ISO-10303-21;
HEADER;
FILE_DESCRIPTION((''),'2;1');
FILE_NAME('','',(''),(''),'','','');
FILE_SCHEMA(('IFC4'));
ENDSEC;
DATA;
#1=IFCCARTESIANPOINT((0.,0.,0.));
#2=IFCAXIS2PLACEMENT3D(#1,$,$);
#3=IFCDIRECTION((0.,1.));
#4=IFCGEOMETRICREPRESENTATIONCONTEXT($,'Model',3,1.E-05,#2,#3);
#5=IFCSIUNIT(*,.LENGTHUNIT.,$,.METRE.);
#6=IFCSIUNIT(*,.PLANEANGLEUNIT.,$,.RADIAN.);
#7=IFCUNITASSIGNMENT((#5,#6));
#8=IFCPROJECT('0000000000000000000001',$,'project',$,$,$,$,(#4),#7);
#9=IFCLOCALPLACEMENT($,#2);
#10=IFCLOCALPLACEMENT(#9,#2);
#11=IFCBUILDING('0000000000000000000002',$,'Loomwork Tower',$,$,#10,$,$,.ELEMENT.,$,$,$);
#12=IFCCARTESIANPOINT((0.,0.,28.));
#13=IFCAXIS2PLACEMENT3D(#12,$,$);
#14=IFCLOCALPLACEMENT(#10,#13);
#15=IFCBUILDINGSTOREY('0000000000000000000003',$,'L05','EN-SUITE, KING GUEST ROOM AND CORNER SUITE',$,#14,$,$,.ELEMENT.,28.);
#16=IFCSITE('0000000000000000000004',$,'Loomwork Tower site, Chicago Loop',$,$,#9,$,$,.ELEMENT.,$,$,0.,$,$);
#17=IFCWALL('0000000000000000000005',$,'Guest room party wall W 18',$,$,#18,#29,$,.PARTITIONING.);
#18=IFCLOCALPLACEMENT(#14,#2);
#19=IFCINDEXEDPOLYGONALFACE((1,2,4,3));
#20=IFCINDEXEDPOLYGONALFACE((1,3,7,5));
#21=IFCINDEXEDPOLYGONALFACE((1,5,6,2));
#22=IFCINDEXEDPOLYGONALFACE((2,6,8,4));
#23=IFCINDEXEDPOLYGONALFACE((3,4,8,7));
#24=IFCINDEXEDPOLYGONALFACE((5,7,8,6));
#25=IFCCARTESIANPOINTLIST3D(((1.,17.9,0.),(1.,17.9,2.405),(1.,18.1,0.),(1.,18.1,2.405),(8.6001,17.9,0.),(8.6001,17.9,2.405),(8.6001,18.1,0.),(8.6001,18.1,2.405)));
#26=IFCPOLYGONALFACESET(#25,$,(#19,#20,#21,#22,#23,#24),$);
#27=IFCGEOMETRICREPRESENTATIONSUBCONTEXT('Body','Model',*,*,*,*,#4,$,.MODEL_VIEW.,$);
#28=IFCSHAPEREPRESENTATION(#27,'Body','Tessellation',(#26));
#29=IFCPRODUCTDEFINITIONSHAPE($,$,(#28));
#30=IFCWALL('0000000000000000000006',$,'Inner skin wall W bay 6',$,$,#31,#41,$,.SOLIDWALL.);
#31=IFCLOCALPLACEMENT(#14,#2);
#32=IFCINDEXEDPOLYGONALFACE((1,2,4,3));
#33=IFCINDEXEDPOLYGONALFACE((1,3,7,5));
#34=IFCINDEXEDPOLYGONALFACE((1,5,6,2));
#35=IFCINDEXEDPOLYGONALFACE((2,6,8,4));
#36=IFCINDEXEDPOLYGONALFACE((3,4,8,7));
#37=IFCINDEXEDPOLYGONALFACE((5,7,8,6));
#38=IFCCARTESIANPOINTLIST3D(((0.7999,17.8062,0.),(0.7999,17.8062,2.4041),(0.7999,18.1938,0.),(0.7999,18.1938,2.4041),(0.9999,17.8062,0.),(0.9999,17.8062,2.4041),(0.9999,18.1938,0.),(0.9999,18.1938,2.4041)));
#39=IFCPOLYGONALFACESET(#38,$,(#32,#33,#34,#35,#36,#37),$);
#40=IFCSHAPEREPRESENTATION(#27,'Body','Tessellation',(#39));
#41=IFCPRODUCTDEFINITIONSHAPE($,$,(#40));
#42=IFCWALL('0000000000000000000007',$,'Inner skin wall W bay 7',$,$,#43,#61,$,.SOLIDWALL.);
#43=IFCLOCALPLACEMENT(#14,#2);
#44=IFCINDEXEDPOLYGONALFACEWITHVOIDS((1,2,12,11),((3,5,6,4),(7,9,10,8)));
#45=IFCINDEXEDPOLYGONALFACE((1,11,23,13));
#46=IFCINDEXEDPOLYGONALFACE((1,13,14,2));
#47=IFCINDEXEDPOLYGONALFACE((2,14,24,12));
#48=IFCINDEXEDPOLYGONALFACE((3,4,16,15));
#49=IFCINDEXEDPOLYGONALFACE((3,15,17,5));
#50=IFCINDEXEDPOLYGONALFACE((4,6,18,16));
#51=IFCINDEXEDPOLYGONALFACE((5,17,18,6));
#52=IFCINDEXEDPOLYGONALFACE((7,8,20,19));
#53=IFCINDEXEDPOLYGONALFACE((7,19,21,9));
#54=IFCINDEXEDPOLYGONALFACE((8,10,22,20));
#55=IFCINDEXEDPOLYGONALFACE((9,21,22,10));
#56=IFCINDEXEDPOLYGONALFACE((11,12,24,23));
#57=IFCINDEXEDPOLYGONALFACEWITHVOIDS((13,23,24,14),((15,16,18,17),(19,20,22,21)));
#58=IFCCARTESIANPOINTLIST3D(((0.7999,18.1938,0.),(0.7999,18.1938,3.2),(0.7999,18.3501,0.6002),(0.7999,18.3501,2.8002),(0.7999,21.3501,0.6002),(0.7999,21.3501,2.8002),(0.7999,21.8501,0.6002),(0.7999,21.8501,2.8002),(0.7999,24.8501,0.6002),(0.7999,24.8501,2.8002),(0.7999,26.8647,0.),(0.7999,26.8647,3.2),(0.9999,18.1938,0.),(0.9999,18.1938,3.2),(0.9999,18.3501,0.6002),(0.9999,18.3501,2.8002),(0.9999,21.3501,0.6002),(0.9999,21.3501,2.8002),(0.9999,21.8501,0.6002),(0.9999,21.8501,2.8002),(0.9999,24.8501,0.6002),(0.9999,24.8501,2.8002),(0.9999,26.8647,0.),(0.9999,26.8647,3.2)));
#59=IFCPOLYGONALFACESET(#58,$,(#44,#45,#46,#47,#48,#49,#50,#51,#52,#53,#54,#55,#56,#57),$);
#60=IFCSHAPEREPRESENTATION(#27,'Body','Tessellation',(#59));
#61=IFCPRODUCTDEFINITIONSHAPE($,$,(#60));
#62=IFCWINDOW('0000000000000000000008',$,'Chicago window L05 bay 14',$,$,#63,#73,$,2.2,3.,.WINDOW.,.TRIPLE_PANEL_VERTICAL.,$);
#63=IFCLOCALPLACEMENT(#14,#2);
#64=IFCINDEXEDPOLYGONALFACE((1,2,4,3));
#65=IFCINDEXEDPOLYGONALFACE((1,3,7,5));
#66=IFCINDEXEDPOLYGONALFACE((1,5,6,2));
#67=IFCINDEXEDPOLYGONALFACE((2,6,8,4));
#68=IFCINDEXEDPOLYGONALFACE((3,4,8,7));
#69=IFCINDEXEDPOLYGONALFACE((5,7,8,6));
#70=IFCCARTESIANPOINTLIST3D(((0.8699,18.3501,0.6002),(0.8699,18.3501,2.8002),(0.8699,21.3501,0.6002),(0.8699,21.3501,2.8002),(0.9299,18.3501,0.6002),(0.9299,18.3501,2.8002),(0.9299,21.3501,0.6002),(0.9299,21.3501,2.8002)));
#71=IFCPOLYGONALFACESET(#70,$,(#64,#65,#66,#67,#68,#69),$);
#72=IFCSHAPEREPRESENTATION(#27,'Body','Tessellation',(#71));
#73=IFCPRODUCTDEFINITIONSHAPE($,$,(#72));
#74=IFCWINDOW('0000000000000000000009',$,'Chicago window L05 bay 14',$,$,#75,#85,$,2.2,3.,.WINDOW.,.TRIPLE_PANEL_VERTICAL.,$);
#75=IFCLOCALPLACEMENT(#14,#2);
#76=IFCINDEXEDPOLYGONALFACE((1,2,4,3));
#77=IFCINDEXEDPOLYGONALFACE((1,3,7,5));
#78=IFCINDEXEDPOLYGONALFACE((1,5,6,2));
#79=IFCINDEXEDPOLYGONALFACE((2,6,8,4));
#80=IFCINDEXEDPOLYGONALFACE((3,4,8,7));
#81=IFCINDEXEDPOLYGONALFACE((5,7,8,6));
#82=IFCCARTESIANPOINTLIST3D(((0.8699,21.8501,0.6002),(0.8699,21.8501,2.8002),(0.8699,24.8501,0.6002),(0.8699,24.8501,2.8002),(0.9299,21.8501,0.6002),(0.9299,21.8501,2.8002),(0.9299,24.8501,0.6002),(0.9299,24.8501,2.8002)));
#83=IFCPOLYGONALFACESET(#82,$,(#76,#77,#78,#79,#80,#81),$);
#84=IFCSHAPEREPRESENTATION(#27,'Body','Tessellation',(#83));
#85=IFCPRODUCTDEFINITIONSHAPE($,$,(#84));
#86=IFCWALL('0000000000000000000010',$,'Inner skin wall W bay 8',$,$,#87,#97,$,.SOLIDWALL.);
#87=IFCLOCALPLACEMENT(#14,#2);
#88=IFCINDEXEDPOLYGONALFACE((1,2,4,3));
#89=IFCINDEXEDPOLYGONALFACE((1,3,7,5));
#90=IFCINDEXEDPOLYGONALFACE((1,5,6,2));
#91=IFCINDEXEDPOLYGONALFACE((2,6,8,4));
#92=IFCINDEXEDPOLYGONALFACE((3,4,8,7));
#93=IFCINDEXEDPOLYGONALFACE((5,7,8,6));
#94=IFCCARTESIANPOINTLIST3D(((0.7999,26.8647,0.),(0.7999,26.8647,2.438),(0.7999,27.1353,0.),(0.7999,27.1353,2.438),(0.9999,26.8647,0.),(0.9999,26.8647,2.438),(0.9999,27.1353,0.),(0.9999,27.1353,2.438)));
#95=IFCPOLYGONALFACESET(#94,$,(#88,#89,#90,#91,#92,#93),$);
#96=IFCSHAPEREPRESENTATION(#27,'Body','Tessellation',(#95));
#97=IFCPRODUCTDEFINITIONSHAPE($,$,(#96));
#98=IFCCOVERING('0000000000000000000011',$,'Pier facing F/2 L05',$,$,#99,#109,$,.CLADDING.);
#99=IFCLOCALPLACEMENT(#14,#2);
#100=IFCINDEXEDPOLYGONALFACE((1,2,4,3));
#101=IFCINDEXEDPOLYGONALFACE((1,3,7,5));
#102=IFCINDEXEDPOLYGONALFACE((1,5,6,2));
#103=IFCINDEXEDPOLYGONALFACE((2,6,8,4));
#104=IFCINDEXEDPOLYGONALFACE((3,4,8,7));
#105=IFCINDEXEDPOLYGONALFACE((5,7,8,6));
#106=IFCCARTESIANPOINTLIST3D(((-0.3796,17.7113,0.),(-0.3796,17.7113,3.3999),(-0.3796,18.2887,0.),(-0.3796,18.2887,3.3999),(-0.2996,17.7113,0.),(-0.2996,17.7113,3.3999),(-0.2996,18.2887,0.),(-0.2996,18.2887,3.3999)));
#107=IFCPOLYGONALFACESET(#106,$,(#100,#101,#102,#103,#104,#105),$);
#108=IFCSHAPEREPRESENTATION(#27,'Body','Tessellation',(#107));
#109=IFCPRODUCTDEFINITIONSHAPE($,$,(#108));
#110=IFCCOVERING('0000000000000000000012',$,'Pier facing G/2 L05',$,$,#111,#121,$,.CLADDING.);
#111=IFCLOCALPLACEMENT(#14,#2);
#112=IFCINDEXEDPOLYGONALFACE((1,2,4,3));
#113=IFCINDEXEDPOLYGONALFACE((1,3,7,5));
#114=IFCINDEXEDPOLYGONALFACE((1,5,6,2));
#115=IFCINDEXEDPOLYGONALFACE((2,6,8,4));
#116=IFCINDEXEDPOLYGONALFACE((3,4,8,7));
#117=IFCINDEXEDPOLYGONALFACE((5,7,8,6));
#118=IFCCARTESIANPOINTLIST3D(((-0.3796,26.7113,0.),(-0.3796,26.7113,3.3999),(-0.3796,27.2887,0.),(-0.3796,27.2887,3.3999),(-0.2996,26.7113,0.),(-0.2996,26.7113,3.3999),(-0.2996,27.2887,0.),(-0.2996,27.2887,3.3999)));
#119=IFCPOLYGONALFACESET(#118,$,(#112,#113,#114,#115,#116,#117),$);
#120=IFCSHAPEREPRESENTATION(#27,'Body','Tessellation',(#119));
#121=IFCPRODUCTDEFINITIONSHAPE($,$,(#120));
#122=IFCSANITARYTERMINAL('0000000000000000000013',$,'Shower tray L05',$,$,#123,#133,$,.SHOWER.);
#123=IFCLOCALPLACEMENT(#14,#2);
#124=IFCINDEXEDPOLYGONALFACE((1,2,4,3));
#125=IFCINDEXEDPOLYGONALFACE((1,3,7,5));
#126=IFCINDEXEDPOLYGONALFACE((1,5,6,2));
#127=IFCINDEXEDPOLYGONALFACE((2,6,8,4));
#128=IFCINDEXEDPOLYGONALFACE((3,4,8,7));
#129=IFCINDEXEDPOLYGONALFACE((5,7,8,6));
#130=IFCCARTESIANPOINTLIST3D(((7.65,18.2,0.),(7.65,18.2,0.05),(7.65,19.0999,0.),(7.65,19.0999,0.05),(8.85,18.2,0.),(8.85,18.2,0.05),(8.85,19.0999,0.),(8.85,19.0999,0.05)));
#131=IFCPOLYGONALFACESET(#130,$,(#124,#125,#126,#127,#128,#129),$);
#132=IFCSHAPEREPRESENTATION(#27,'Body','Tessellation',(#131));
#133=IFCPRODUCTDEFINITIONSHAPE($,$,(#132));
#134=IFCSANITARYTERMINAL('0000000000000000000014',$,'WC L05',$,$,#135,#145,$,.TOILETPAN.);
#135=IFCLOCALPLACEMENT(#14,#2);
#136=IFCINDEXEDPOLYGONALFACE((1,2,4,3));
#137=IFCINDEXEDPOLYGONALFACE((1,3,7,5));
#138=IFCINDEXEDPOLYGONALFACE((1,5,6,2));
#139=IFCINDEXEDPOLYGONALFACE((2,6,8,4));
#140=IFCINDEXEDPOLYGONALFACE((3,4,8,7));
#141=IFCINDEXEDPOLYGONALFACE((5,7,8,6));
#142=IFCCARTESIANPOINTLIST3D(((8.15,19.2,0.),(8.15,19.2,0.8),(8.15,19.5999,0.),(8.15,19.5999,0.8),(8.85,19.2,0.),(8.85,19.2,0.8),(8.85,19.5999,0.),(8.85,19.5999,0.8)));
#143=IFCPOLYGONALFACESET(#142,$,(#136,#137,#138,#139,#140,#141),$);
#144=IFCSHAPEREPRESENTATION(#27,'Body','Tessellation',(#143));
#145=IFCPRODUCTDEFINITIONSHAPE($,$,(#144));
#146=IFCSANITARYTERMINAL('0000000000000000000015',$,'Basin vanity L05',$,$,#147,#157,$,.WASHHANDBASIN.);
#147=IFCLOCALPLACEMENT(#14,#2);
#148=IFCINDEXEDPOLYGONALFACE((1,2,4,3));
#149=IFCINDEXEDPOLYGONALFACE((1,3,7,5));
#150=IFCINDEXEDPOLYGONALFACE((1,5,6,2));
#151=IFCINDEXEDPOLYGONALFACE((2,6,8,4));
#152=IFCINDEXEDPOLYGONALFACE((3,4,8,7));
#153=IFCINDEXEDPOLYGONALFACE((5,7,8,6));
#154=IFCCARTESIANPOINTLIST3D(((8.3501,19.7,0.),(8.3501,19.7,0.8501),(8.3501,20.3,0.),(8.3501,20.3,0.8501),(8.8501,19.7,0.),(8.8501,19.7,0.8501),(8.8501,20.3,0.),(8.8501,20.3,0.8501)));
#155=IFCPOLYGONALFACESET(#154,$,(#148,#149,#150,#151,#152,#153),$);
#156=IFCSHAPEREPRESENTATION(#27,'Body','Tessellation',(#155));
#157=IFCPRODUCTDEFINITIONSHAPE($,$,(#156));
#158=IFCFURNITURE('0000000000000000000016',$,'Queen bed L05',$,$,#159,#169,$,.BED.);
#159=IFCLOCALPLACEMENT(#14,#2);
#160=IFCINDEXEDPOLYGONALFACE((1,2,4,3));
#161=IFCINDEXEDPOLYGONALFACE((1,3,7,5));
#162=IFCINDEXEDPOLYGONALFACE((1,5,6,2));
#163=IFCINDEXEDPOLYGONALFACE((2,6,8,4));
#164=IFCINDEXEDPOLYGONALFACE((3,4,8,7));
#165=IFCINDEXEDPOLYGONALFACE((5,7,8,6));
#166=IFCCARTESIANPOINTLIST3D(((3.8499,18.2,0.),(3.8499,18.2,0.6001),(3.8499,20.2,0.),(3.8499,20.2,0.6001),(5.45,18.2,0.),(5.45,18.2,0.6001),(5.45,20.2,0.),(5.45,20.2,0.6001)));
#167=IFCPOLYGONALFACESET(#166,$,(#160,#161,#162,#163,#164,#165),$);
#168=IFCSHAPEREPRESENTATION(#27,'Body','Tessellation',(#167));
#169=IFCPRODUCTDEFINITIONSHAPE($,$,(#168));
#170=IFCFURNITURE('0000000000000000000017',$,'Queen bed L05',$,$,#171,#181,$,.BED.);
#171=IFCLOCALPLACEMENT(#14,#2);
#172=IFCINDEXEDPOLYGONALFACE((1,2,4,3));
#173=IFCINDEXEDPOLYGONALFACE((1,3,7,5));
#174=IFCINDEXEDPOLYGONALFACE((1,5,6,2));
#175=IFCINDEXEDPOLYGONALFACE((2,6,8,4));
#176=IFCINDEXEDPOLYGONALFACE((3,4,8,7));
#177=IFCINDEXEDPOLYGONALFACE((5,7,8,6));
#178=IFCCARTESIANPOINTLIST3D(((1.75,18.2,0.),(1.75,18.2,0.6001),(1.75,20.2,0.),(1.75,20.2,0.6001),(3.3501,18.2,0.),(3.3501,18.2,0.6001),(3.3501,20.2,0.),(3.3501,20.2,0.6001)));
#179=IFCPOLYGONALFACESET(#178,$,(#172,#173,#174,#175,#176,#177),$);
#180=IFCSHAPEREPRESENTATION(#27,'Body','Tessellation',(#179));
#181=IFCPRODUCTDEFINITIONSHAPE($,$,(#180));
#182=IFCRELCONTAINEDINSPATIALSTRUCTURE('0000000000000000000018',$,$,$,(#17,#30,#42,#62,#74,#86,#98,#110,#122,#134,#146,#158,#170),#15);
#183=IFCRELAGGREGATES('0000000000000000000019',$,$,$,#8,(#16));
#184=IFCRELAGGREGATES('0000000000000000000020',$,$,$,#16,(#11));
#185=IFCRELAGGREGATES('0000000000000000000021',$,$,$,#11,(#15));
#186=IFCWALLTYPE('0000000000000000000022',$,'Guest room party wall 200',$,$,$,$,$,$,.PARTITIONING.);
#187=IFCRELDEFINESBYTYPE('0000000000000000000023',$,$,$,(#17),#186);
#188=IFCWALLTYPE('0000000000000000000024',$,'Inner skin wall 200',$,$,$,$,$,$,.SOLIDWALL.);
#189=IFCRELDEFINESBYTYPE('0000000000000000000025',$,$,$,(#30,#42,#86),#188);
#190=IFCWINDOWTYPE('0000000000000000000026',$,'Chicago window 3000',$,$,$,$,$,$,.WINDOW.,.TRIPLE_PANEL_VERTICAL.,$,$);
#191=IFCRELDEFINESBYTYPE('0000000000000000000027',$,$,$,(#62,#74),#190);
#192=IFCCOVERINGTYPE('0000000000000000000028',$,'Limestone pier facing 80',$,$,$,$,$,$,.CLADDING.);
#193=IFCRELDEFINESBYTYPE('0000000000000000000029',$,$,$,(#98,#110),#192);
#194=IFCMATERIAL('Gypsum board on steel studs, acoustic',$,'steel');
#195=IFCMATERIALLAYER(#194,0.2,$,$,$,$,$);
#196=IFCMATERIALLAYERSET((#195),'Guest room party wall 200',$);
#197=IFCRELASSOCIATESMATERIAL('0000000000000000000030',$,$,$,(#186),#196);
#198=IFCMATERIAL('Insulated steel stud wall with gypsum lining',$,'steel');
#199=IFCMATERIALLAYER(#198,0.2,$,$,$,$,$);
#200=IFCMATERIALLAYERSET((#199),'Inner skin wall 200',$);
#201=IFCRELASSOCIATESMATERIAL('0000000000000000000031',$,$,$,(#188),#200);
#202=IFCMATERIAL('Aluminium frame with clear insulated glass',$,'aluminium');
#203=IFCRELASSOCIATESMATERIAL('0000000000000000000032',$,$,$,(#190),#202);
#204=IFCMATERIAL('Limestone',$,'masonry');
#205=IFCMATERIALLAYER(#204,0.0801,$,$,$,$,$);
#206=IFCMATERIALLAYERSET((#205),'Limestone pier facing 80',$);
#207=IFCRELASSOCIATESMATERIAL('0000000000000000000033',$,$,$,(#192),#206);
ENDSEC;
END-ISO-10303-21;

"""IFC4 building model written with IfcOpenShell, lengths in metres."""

from ifc_helpers import new_model, si_unit, direction, frame, frame_2d, origin, origin_2d, place, context, subcontext, project, spatial, rectangle, extrude, material, layer, layer_set, type_object, element, fill, save


model = new_model("IFC4")

# Units and contexts
model_context = context("Model", 3, precision=1e-05, world=origin(), true_north=direction((0.0, 1.0)))
body_context = subcontext(model_context, "Body", "Model", "MODEL_VIEW")
ifc_project = project(units=[si_unit("LENGTHUNIT", "METRE"), si_unit("PLANEANGLEUNIT", "RADIAN")], contexts=[model_context])

# Site, building, storey
site_placement = place(None, origin())
site = spatial("IfcSite", under=ifc_project, at=site_placement, Name="Loomwork Tower site, Chicago Loop", CompositionType="ELEMENT", RefElevation=0.0)
building_placement = place(site_placement, origin())
building = spatial("IfcBuilding", under=site, at=building_placement, Name="Loomwork Tower", CompositionType="ELEMENT")
storey_placement = place(building_placement, frame((0.0, 0.0, 28.0)))
storey = spatial("IfcBuildingStorey", under=building, at=storey_placement, Name="L05", Description="EN-SUITE, KING GUEST ROOM AND CORNER SUITE", CompositionType="ELEMENT", Elevation=28.0)

# Walls
ifc_material_1 = material(Name="Gypsum board on steel studs, acoustic", Category="steel")
ifc_layer_1 = layer(ifc_material_1, 0.2)
ifc_layer_set_1 = layer_set([ifc_layer_1], Name="Guest room party wall 200")
wall_type_1 = type_object("IfcWallType", Name="Guest room party wall 200", PredefinedType="PARTITIONING", material=ifc_layer_set_1)
wall_1_placement = place(storey_placement, frame((8.6001, 18.0, 0.0), z_axis=(0.0, 0.0, 1.0), x_axis=(-1.0, 0.0, 0.0)))
element("IfcWall", 1, at=wall_1_placement, inside=storey, type_object=wall_type_1, Name="Guest room party wall W 18", PredefinedType="PARTITIONING", context=body_context, shape_type="SweptSolid", body=[
    extrude(rectangle(XDim=7.6001, YDim=0.2, at=frame_2d((3.8, 0.0))), origin(), (0.0, 0.0, 1.0), 2.405),
])
ifc_material_2 = material(Name="Insulated steel stud wall with gypsum lining", Category="steel")
ifc_layer_2 = layer(ifc_material_2, 0.2)
ifc_layer_set_2 = layer_set([ifc_layer_2], Name="Inner skin wall 200")
wall_type_2 = type_object("IfcWallType", Name="Inner skin wall 200", PredefinedType="SOLIDWALL", material=ifc_layer_set_2)
wall_2_placement = place(storey_placement, frame((0.8999, 17.8062, 0.0), z_axis=(0.0, 0.0, 1.0), x_axis=(0.0, 1.0, 0.0)))
element("IfcWall", 2, at=wall_2_placement, inside=storey, type_object=wall_type_2, Name="Inner skin wall W bay 6", PredefinedType="SOLIDWALL", context=body_context, shape_type="SweptSolid", body=[
    extrude(rectangle(XDim=0.3877, YDim=0.2, at=frame_2d((0.1938, 0.0))), origin(), (0.0, 0.0, 1.0), 2.4041),
])

# Wall, openings, windows
wall_3_placement = place(storey_placement, frame((0.8999, 18.1938, 0.0), z_axis=(0.0, 0.0, 1.0), x_axis=(0.0, 1.0, 0.0)))
wall_3 = element("IfcWall", 3, at=wall_3_placement, inside=storey, type_object=wall_type_2, Name="Inner skin wall W bay 7", PredefinedType="SOLIDWALL", context=body_context, shape_type="SweptSolid", body=[
    extrude(rectangle(XDim=8.6709, YDim=0.2, at=frame_2d((4.3354, 0.0))), origin(), (0.0, 0.0, 1.0), 3.2),
])
opening_1_placement = place(wall_3_placement, frame((0.1562, 0.0, 0.6001)))
opening_1 = element("IfcOpeningElement", 4, at=opening_1_placement, cuts=wall_3, PredefinedType="OPENING", context=body_context, shape_type="SweptSolid", body=[
    extrude(rectangle(XDim=3.0, YDim=2.2, at=frame_2d((1.5, 1.1001))), frame((0.0, 0.1099, 0.0), z_axis=(0.0, -1.0, 0.0), x_axis=(1.0, 0.0, 0.0)), (0.0, 0.0, 1.0), 0.22),
])
opening_2_placement = place(wall_3_placement, frame((3.6562, 0.0, 0.6001)))
opening_2 = element("IfcOpeningElement", 5, at=opening_2_placement, cuts=wall_3, PredefinedType="OPENING", context=body_context, shape_type="SweptSolid", body=[
    extrude(rectangle(XDim=3.0, YDim=2.2, at=frame_2d((1.5, 1.1001))), frame((0.0, 0.1099, 0.0), z_axis=(0.0, -1.0, 0.0), x_axis=(1.0, 0.0, 0.0)), (0.0, 0.0, 1.0), 0.22),
])
ifc_material_3 = material(Name="Aluminium frame with clear insulated glass", Category="aluminium")
window_type = type_object("IfcWindowType", Name="Chicago window 3000", PartitioningType="TRIPLE_PANEL_VERTICAL", PredefinedType="WINDOW", material=ifc_material_3)
window_1_placement = place(opening_1_placement, origin())
window_1 = element("IfcWindow", 6, at=window_1_placement, inside=storey, type_object=window_type, Name="Chicago window L05 bay 14", OverallHeight=2.2, OverallWidth=3.0, PartitioningType="TRIPLE_PANEL_VERTICAL", PredefinedType="WINDOW", context=body_context, shape_type="SweptSolid", body=[
    extrude(rectangle(XDim=3.0, YDim=2.2, at=frame_2d((1.5, 1.1001))), frame((0.0, 0.03, 0.0), z_axis=(0.0, -1.0, 0.0), x_axis=(1.0, 0.0, 0.0)), (0.0, 0.0, 1.0), 0.0601),
])
fill(opening_1, window_1)
window_2_placement = place(opening_2_placement, origin())
window_2 = element("IfcWindow", 7, at=window_2_placement, inside=storey, type_object=window_type, Name="Chicago window L05 bay 14", OverallHeight=2.2, OverallWidth=3.0, PartitioningType="TRIPLE_PANEL_VERTICAL", PredefinedType="WINDOW", context=body_context, shape_type="SweptSolid", body=[
    extrude(rectangle(XDim=3.0, YDim=2.2, at=frame_2d((1.5, 1.1001))), frame((0.0, 0.03, 0.0), z_axis=(0.0, -1.0, 0.0), x_axis=(1.0, 0.0, 0.0)), (0.0, 0.0, 1.0), 0.0601),
])
fill(opening_2, window_2)

# Wall
wall_4_placement = place(storey_placement, frame((0.8999, 26.8647, 0.0), z_axis=(0.0, 0.0, 1.0), x_axis=(0.0, 1.0, 0.0)))
element("IfcWall", 8, at=wall_4_placement, inside=storey, type_object=wall_type_2, Name="Inner skin wall W bay 8", PredefinedType="SOLIDWALL", context=body_context, shape_type="SweptSolid", body=[
    extrude(rectangle(XDim=0.2705, YDim=0.2, at=frame_2d((0.1353, 0.0))), origin(), (0.0, 0.0, 1.0), 2.438),
])

# Coverings
ifc_material_4 = material(Name="Limestone", Category="masonry")
ifc_layer_3 = layer(ifc_material_4, 0.0801)
ifc_layer_set_3 = layer_set([ifc_layer_3], Name="Limestone pier facing 80")
covering_type = type_object("IfcCoveringType", Name="Limestone pier facing 80", PredefinedType="CLADDING", material=ifc_layer_set_3)
for number, where, z_axis, x_axis, name in (
    (9, (-0.3396, 18.0, 0.0), (0.0, 0.0, 1.0), (1.0, 0.0, 0.0), "Pier facing F/2 L05"),
    (10, (-0.3396, 27.0, 0.0), (0.0, 0.0, 1.0), (1.0, 0.0, 0.0), "Pier facing G/2 L05"),
):
    element("IfcCovering", number, at=place(storey_placement, frame(where, z_axis=z_axis, x_axis=x_axis)), inside=storey, type_object=covering_type, Name=name, PredefinedType="CLADDING", context=body_context, shape_type="SweptSolid", body=[
        extrude(rectangle(XDim=0.0801, YDim=0.5774, at=origin_2d()), origin(), (0.0, 0.0, 1.0), 3.3999),
    ])

# Sanitary terminals
sanitary_terminal_1_placement = place(storey_placement, frame((8.25, 18.6499, 0.0), z_axis=(0.0, 0.0, 1.0), x_axis=(1.0, 0.0, 0.0)))
element("IfcSanitaryTerminal", 11, at=sanitary_terminal_1_placement, inside=storey, Name="Shower tray L05", PredefinedType="SHOWER", context=body_context, shape_type="SweptSolid", body=[
    extrude(rectangle(XDim=1.2, YDim=0.8999, at=origin_2d()), origin(), (0.0, 0.0, 1.0), 0.05),
])
sanitary_terminal_2_placement = place(storey_placement, frame((8.5, 19.3999, 0.0), z_axis=(0.0, 0.0, 1.0), x_axis=(1.0, 0.0, 0.0)))
element("IfcSanitaryTerminal", 12, at=sanitary_terminal_2_placement, inside=storey, Name="WC L05", PredefinedType="TOILETPAN", context=body_context, shape_type="SweptSolid", body=[
    extrude(rectangle(XDim=0.7, YDim=0.3999, at=origin_2d()), origin(), (0.0, 0.0, 1.0), 0.8),
])
sanitary_terminal_3_placement = place(storey_placement, frame((8.6001, 20.0, 0.0), z_axis=(0.0, 0.0, 1.0), x_axis=(1.0, 0.0, 0.0)))
element("IfcSanitaryTerminal", 13, at=sanitary_terminal_3_placement, inside=storey, Name="Basin vanity L05", PredefinedType="WASHHANDBASIN", context=body_context, shape_type="SweptSolid", body=[
    extrude(rectangle(XDim=0.5, YDim=0.6001, at=origin_2d()), origin(), (0.0, 0.0, 1.0), 0.8501),
])

# Furniture
for number, where, z_axis, x_axis, name in (
    (14, (4.6499, 19.2, 0.0), (0.0, 0.0, 1.0), (1.0, 0.0, 0.0), "Queen bed L05"),
    (15, (2.55, 19.2, 0.0), (0.0, 0.0, 1.0), (1.0, 0.0, 0.0), "Queen bed L05"),
):
    element("IfcFurniture", number, at=place(storey_placement, frame(where, z_axis=z_axis, x_axis=x_axis)), inside=storey, Name=name, PredefinedType="BED", context=body_context, shape_type="SweptSolid", body=[
        extrude(rectangle(XDim=1.6001, YDim=2.0, at=origin_2d()), origin(), (0.0, 0.0, 1.0), 0.6001),
    ])

save(model, "model.ifc")
